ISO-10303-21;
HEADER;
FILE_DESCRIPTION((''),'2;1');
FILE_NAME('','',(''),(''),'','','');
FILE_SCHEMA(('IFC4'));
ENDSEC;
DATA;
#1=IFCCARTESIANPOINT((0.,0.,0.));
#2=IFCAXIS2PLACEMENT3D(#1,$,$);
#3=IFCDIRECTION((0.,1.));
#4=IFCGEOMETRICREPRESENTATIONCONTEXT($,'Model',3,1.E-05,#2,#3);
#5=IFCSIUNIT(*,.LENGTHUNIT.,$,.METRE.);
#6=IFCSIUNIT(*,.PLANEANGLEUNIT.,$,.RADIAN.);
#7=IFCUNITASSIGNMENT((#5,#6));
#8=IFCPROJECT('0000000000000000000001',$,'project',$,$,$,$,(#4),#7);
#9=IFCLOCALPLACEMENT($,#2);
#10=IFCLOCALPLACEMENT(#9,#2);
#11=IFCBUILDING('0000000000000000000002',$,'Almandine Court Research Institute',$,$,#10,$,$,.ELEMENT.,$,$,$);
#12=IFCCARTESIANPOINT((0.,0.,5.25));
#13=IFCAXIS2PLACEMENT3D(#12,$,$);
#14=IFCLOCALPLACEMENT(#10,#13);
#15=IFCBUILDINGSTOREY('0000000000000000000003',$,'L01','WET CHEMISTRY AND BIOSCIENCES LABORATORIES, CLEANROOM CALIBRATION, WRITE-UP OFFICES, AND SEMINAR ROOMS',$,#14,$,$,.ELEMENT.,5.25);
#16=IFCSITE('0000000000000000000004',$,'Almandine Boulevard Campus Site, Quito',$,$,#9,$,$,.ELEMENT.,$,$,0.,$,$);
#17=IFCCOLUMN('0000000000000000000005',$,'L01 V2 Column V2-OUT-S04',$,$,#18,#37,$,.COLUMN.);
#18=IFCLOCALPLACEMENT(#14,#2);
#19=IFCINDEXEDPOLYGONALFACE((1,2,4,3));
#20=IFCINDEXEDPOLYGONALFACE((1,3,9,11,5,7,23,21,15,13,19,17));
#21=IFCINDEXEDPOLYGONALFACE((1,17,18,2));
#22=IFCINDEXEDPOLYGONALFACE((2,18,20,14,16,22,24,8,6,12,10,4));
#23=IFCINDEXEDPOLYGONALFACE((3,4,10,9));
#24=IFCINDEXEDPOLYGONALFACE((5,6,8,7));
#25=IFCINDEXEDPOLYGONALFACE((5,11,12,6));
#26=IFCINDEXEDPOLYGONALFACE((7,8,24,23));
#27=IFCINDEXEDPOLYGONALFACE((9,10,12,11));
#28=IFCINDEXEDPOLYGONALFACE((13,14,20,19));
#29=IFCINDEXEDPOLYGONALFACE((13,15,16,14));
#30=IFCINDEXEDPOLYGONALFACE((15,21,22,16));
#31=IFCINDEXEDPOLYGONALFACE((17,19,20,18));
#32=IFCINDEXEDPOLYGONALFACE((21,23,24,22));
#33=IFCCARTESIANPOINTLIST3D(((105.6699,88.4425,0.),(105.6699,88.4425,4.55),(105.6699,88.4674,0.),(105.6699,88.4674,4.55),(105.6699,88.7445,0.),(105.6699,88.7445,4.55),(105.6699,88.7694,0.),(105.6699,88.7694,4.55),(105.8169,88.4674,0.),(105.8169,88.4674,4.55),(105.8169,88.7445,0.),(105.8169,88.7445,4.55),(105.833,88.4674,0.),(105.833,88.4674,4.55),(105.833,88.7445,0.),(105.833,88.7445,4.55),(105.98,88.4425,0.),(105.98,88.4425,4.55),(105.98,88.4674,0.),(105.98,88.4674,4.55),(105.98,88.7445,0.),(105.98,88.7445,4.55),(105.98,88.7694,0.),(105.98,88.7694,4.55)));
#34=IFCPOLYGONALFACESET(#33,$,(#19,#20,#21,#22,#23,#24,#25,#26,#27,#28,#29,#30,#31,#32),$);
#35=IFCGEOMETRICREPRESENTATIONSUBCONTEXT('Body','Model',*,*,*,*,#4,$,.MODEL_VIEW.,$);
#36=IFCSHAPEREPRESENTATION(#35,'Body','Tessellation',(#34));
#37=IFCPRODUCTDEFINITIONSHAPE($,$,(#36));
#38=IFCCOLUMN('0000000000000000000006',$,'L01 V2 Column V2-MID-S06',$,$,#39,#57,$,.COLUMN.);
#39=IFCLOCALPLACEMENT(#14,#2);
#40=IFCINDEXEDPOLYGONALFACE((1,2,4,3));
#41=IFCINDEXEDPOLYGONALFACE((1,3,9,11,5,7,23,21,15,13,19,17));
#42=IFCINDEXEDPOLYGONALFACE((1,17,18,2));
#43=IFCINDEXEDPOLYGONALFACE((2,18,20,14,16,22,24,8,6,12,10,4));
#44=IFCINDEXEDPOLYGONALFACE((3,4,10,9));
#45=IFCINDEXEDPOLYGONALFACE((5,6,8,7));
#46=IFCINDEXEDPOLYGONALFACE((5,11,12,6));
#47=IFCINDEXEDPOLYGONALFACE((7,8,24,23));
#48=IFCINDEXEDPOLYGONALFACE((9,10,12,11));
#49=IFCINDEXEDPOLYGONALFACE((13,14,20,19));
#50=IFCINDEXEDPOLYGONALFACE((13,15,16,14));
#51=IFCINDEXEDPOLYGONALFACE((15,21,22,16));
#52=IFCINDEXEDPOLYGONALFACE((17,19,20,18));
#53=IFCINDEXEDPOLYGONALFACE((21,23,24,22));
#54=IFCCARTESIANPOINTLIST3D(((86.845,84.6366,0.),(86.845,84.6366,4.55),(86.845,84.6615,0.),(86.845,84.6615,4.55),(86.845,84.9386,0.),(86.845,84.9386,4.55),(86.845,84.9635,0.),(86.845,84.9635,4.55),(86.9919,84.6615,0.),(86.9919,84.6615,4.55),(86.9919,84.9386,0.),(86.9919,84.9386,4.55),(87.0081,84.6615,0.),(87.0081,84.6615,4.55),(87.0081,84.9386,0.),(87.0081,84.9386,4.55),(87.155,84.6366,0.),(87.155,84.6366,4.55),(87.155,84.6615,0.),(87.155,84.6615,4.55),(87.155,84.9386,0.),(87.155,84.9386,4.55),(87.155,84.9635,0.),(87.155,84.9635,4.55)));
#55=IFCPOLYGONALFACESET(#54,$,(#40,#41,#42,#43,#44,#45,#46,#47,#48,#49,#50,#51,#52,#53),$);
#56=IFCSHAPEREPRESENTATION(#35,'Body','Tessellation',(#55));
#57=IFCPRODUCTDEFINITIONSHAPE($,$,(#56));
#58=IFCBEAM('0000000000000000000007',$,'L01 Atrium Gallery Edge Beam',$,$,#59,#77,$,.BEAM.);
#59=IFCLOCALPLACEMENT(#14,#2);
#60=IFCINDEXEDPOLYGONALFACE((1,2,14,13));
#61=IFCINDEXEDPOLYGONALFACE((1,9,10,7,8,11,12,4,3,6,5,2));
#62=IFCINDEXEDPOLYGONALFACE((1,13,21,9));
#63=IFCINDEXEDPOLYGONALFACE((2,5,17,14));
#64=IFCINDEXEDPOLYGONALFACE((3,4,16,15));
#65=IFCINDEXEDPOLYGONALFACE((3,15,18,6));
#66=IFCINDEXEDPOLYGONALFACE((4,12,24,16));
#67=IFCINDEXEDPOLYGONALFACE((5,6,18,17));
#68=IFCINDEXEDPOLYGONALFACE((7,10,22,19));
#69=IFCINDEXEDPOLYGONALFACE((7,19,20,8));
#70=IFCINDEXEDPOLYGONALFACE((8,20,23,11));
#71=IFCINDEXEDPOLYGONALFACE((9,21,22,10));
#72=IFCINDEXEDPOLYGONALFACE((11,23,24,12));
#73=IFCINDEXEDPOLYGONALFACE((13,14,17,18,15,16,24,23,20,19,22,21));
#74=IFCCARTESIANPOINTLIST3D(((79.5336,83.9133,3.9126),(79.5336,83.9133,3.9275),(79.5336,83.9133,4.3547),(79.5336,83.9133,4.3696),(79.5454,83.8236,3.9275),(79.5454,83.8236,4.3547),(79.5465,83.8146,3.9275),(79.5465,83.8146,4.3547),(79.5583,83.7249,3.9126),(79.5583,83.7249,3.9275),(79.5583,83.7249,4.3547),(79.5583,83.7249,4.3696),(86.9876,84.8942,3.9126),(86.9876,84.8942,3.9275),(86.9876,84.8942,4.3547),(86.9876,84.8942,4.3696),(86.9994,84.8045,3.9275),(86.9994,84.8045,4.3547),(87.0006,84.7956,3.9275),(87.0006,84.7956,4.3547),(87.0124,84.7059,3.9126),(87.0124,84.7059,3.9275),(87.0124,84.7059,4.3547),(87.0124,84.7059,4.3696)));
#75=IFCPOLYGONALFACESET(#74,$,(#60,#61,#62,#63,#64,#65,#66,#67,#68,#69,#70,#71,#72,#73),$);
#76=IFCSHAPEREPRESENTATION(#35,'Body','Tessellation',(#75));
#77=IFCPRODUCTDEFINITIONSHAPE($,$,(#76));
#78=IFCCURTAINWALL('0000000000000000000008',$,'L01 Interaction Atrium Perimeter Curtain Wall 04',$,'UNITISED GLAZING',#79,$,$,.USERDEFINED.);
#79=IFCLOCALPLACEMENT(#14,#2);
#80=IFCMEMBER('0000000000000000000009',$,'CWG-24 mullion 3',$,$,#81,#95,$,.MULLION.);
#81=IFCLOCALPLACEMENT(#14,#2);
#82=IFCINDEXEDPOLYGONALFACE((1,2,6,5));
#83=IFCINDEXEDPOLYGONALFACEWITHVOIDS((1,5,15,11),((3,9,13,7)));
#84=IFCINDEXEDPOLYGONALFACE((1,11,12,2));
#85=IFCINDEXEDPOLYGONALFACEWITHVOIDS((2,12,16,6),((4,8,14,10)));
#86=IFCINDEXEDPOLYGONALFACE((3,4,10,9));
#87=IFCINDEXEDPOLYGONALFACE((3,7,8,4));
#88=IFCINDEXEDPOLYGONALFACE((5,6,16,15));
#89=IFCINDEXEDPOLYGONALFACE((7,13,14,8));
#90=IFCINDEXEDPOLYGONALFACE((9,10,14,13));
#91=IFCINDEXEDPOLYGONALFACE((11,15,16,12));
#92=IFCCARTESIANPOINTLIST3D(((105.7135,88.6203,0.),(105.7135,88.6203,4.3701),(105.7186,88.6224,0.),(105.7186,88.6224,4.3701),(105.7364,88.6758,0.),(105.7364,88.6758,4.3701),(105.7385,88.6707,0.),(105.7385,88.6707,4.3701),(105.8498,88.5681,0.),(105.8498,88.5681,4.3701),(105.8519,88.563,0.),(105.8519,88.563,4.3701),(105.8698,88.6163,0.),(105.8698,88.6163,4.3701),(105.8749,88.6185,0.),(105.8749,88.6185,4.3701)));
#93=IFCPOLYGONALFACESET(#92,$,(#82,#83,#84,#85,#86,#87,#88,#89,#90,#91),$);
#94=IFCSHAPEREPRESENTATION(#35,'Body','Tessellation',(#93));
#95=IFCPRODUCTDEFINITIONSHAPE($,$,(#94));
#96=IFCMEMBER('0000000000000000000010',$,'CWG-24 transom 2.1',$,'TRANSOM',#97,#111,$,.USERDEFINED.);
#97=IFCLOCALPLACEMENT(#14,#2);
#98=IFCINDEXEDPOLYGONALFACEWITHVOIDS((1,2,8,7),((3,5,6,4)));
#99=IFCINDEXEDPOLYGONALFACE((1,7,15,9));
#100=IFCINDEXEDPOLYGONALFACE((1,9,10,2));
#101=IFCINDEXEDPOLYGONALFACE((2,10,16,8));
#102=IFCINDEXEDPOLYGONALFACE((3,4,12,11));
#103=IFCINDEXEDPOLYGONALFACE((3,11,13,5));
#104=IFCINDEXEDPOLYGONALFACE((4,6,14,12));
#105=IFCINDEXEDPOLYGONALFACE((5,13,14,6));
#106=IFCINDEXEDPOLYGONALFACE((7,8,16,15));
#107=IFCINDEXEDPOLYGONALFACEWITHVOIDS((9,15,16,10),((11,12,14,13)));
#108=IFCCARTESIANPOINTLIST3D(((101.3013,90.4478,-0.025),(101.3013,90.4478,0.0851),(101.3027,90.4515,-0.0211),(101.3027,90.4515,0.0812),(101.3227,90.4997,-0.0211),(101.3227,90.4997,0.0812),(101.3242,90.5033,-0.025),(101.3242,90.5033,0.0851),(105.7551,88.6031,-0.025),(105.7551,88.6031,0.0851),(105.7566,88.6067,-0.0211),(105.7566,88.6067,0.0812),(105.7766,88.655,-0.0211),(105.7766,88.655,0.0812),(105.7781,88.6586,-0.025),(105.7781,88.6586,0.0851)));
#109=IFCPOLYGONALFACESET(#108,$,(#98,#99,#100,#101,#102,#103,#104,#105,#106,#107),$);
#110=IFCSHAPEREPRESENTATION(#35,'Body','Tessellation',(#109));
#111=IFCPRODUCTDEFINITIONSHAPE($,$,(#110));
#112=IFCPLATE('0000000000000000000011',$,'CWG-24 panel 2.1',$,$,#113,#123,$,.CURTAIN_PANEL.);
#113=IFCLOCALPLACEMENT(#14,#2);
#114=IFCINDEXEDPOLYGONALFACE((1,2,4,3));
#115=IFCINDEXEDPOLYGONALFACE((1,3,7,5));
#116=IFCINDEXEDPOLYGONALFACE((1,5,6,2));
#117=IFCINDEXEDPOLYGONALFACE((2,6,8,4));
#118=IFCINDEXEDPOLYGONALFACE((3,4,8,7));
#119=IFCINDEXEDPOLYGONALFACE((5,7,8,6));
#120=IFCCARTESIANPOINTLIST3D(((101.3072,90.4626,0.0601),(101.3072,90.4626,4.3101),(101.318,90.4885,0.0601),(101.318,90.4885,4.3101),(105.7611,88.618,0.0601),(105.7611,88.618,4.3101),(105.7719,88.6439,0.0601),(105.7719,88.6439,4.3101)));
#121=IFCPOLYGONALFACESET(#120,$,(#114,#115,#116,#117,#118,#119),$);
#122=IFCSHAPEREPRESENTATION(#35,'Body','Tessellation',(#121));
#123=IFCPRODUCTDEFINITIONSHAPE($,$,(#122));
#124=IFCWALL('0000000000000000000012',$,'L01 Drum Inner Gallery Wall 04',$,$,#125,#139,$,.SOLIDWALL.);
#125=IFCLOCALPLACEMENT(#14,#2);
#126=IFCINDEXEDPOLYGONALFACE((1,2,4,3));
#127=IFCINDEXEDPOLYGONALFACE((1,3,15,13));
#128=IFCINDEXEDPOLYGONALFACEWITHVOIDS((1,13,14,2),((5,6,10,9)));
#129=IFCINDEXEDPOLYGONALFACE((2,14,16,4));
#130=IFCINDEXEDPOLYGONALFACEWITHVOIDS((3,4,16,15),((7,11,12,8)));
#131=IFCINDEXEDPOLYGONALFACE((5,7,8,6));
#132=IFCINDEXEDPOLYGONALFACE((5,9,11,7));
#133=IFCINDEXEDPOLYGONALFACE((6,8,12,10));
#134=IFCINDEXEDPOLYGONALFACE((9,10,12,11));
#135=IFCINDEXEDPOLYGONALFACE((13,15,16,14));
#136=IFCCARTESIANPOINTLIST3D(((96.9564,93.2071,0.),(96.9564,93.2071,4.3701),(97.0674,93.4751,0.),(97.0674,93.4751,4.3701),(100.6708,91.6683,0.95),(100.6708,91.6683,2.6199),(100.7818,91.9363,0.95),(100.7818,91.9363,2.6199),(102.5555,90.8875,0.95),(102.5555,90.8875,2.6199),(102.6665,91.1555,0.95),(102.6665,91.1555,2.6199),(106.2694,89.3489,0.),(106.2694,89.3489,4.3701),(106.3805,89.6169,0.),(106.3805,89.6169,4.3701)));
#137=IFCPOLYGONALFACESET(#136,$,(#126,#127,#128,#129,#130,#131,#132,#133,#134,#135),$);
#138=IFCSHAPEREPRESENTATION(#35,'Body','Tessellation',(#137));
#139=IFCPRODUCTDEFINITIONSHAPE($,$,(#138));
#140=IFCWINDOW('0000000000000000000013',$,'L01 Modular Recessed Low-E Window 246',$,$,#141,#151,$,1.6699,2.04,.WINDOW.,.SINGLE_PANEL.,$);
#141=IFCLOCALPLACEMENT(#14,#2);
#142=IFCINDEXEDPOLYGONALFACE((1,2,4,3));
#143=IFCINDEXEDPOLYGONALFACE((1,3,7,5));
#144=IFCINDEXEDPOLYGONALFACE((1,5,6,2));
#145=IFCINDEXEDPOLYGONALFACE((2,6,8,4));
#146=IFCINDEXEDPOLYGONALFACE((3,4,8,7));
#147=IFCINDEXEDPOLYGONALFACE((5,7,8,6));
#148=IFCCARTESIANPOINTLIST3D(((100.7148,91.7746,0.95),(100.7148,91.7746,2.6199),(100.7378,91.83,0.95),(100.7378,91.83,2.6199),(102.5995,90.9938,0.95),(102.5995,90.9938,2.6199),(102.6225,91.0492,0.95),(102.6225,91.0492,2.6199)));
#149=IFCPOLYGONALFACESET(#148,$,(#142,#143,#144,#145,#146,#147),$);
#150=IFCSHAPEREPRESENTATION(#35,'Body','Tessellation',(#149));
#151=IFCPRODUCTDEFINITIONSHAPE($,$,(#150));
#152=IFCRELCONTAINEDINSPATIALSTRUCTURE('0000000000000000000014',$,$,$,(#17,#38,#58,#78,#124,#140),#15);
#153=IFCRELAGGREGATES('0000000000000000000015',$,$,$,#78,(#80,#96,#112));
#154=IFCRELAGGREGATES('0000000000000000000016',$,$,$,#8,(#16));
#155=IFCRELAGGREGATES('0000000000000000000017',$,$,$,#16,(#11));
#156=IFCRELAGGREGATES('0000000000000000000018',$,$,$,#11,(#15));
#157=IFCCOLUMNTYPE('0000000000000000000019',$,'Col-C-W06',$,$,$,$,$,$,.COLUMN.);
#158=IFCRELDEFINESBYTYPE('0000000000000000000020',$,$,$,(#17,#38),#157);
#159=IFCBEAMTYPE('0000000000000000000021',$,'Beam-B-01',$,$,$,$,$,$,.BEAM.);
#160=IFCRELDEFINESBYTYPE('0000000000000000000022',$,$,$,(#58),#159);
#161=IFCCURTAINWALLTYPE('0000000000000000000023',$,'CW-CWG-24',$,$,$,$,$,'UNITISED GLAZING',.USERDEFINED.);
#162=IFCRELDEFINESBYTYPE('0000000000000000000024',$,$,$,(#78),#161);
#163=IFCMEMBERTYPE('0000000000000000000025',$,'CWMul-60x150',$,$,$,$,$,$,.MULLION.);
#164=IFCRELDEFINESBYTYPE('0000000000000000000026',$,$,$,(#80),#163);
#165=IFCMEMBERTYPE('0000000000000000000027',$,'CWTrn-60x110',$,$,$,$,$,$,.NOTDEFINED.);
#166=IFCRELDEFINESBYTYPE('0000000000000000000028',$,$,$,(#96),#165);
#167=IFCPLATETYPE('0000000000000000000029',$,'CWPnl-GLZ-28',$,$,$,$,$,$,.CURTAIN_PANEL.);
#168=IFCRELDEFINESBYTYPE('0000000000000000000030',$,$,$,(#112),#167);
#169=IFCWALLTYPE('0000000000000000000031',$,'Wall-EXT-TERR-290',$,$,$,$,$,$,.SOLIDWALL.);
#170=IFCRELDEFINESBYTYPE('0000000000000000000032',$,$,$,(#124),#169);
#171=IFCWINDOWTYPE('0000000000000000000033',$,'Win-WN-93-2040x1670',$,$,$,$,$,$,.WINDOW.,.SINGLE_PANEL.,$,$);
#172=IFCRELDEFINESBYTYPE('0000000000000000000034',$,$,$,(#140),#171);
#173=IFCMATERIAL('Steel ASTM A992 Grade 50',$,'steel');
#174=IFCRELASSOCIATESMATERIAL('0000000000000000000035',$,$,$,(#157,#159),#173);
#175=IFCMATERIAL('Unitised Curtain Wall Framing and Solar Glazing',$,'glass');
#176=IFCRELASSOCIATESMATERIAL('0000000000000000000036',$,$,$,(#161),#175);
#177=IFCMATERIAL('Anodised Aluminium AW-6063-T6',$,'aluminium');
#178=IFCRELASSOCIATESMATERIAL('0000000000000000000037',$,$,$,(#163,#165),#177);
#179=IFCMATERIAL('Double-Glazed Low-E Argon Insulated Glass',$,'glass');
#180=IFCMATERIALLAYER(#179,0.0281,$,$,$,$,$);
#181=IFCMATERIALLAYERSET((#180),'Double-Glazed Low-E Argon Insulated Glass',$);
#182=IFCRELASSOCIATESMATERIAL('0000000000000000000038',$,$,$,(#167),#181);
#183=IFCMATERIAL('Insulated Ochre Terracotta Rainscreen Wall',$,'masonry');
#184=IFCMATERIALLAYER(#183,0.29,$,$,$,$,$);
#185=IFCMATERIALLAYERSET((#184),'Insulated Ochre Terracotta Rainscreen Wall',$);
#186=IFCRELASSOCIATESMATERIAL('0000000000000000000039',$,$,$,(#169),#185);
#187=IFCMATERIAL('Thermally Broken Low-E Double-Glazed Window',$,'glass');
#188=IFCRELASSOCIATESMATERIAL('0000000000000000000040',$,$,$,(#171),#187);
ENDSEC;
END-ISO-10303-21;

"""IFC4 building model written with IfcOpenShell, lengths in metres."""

from ifc_helpers import new_model, si_unit, direction, frame, frame_2d, origin, origin_2d, place, context, subcontext, project, spatial, rectangle, hollow_rectangle, i_section, extrude, material, layer, layer_set, material_profile, profile_set, type_object, element, fill, aggregate, save


model = new_model("IFC4")

# Units and contexts
model_context = context("Model", 3, precision=1e-05, world=origin(), true_north=direction((0.0, 1.0)))
body_context = subcontext(model_context, "Body", "Model", "MODEL_VIEW")
ifc_project = project(units=[si_unit("LENGTHUNIT", "METRE"), si_unit("PLANEANGLEUNIT", "RADIAN")], contexts=[model_context])

# Site, building, storey
site_placement = place(None, origin())
site = spatial("IfcSite", under=ifc_project, at=site_placement, Name="Almandine Boulevard Campus Site, Quito", CompositionType="ELEMENT", RefElevation=0.0)
building_placement = place(site_placement, origin())
building = spatial("IfcBuilding", under=site, at=building_placement, Name="Almandine Court Research Institute", CompositionType="ELEMENT")
storey_placement = place(building_placement, frame((0.0, 0.0, 5.25)))
storey = spatial("IfcBuildingStorey", under=building, at=storey_placement, Name="L01", Description="WET CHEMISTRY AND BIOSCIENCES LABORATORIES, CLEANROOM CALIBRATION, WRITE-UP OFFICES, AND SEMINAR ROOMS", CompositionType="ELEMENT", Elevation=5.25)

# Columns
ifc_material_1 = material(Name="Steel ASTM A992 Grade 50", Category="steel")
ifc_material_profile_1 = material_profile(ifc_material_1, i_section(OverallWidth=0.3101, OverallDepth=0.3269, WebThickness=0.0161, FlangeThickness=0.0249, at=origin_2d()), Name="W310x158")
ifc_profile_set_1 = profile_set([ifc_material_profile_1], Name="Steel ASTM A992 Grade 50")
column_type = type_object("IfcColumnType", Name="Col-C-W06", PredefinedType="COLUMN", material=ifc_profile_set_1)
for number, where, z_axis, x_axis, name in (
    (1, (105.825, 88.606, 0.0), (0.0, 0.0, 1.0), (1.0, 0.0, 0.0), "L01 V2 Column V2-OUT-S04"),
    (2, (87.0, 84.8, 0.0), (0.0, 0.0, 1.0), (1.0, 0.0, 0.0), "L01 V2 Column V2-MID-S06"),
):
    element("IfcColumn", number, at=place(storey_placement, frame(where, z_axis=z_axis, x_axis=x_axis)), inside=storey, type_object=column_type, Name=name, PredefinedType="COLUMN", context=body_context, shape_type="SweptSolid", body=[
        extrude(i_section(OverallWidth=0.3101, OverallDepth=0.3269, WebThickness=0.0161, FlangeThickness=0.0249, at=origin_2d()), origin(), (0.0, 0.0, 1.0), 4.55),
    ])

# Beam
ifc_material_profile_2 = material_profile(ifc_material_1, i_section(OverallWidth=0.1899, OverallDepth=0.457, WebThickness=0.009, FlangeThickness=0.0149, at=origin_2d()), Name="W460x74")
ifc_profile_set_2 = profile_set([ifc_material_profile_2], Name="Steel ASTM A992 Grade 50")
beam_type = type_object("IfcBeamType", Name="Beam-B-01", PredefinedType="BEAM", material=ifc_profile_set_2)
beam_placement = place(storey_placement, frame((87.0, 84.8, 4.1411), z_axis=(-0.991452, -0.130475, 0.0), x_axis=(0.130475, -0.991452, 0.0)))
element("IfcBeam", 3, at=beam_placement, inside=storey, type_object=beam_type, Name="L01 Atrium Gallery Edge Beam", PredefinedType="BEAM", context=body_context, shape_type="SweptSolid", body=[
    extrude(i_section(OverallWidth=0.1899, OverallDepth=0.457, WebThickness=0.009, FlangeThickness=0.0149, at=origin_2d()), origin(), (0.0, 0.0, 1.0), 7.5183),
])

# Curtain wall, members, plate
ifc_material_2 = material(Name="Unitised Curtain Wall Framing and Solar Glazing", Category="glass")
curtain_wall_type = type_object("IfcCurtainWallType", Name="CW-CWG-24", ElementType="UNITISED GLAZING", PredefinedType="USERDEFINED", material=ifc_material_2)
curtain_wall_placement = place(storey_placement, origin())
curtain_wall = element("IfcCurtainWall", 4, at=curtain_wall_placement, inside=storey, type_object=curtain_wall_type, Name="L01 Interaction Atrium Perimeter Curtain Wall 04", ObjectType="UNITISED GLAZING", PredefinedType="USERDEFINED")
ifc_material_3 = material(Name="Anodised Aluminium AW-6063-T6", Category="aluminium")
ifc_material_profile_3 = material_profile(ifc_material_3, hollow_rectangle(XDim=0.0601, YDim=0.1499, WallThickness=0.0039, at=origin_2d()), Name="ALU RHS 60x150x4")
ifc_profile_set_3 = profile_set([ifc_material_profile_3], Name="Anodised Aluminium AW-6063-T6")
member_type_1 = type_object("IfcMemberType", Name="CWMul-60x150", PredefinedType="MULLION", material=ifc_profile_set_3)
member_1_placement = place(storey_placement, frame((105.7942, 88.6194, 0.0), z_axis=(0.0, 0.0, 1.0), x_axis=(0.382634, 0.9239, 0.0)))
member_1 = element("IfcMember", 5, at=member_1_placement, type_object=member_type_1, Name="CWG-24 mullion 3", PredefinedType="MULLION", context=body_context, shape_type="SweptSolid", body=[
    extrude(hollow_rectangle(XDim=0.0601, YDim=0.1499, WallThickness=0.0039, at=origin_2d()), origin(), (0.0, 0.0, 1.0), 4.3701),
])
ifc_material_profile_4 = material_profile(ifc_material_3, hollow_rectangle(XDim=0.0601, YDim=0.1101, WallThickness=0.0039, at=origin_2d()), Name="ALU RHS 60x110x4")
ifc_profile_set_4 = profile_set([ifc_material_profile_4], Name="Anodised Aluminium AW-6063-T6")
member_type_2 = type_object("IfcMemberType", Name="CWTrn-60x110", PredefinedType="NOTDEFINED", material=ifc_profile_set_4)
member_2_placement = place(storey_placement, frame((101.3127, 90.4756, 0.03), z_axis=(0.923888, -0.382662, 0.0), x_axis=(0.382662, 0.923888, 0.0)))
member_2 = element("IfcMember", 6, at=member_2_placement, type_object=member_type_2, Name="CWG-24 transom 2.1", ObjectType="TRANSOM", PredefinedType="USERDEFINED", context=body_context, shape_type="SweptSolid", body=[
    extrude(hollow_rectangle(XDim=0.0601, YDim=0.1101, WallThickness=0.0039, at=origin_2d()), origin(), (0.0, 0.0, 1.0), 4.8208),
])
ifc_material_4 = material(Name="Double-Glazed Low-E Argon Insulated Glass", Category="glass")
ifc_layer_1 = layer(ifc_material_4, 0.0281)
ifc_layer_set_1 = layer_set([ifc_layer_1], Name="Double-Glazed Low-E Argon Insulated Glass")
plate_type = type_object("IfcPlateType", Name="CWPnl-GLZ-28", PredefinedType="CURTAIN_PANEL", material=ifc_layer_set_1)
plate_placement = place(storey_placement, frame((103.5396, 89.5532, 0.0601), z_axis=(0.0, 0.0, 1.0), x_axis=(0.9239, -0.382634, 0.0)))
plate = element("IfcPlate", 7, at=plate_placement, type_object=plate_type, Name="CWG-24 panel 2.1", PredefinedType="CURTAIN_PANEL", context=body_context, shape_type="SweptSolid", body=[
    extrude(rectangle(XDim=4.8208, YDim=0.0281, at=origin_2d()), origin(), (0.0, 0.0, 1.0), 4.25),
])
aggregate(curtain_wall, [member_1, member_2, plate])

# Wall, opening, window
ifc_material_5 = material(Name="Insulated Ochre Terracotta Rainscreen Wall", Category="masonry")
ifc_layer_2 = layer(ifc_material_5, 0.29)
ifc_layer_set_2 = layer_set([ifc_layer_2], Name="Insulated Ochre Terracotta Rainscreen Wall")
wall_type_1 = type_object("IfcWallType", Name="Wall-EXT-TERR-290", PredefinedType="SOLIDWALL", material=ifc_layer_set_2)
wall_1_placement = place(storey_placement, frame((106.325, 89.4829, 0.0), z_axis=(0.0, 0.0, 1.0), x_axis=(-0.923859, 0.382733, 0.0)))
wall_1 = element("IfcWall", 8, at=wall_1_placement, inside=storey, type_object=wall_type_1, Name="L01 Drum Inner Gallery Wall 04", PredefinedType="SOLIDWALL", context=body_context, shape_type="SweptSolid", body=[
    extrude(rectangle(XDim=10.0806, YDim=0.29, at=frame_2d((5.0403, 0.0))), origin(), (0.0, 0.0, 1.0), 4.3701),
])
opening_1_placement = place(wall_1_placement, frame((4.02, 0.0, 0.95)))
opening_1 = element("IfcOpeningElement", 9, at=opening_1_placement, cuts=wall_1, PredefinedType="OPENING", context=body_context, shape_type="SweptSolid", body=[
    extrude(rectangle(XDim=2.04, YDim=1.6699, at=frame_2d((1.02, 0.835))), frame((0.0, 0.155, 0.0), z_axis=(0.0, -1.0, 0.0), x_axis=(1.0, 0.0, 0.0)), (0.0, 0.0, 1.0), 0.3101),
])
ifc_material_6 = material(Name="Thermally Broken Low-E Double-Glazed Window", Category="glass")
window_type_1 = type_object("IfcWindowType", Name="Win-WN-93-2040x1670", PartitioningType="SINGLE_PANEL", PredefinedType="WINDOW", material=ifc_material_6)
window_1_placement = place(opening_1_placement, origin())
window_1 = element("IfcWindow", 10, at=window_1_placement, inside=storey, type_object=window_type_1, Name="L01 Modular Recessed Low-E Window 246", OverallHeight=1.6699, OverallWidth=2.04, PartitioningType="SINGLE_PANEL", PredefinedType="WINDOW", context=body_context, shape_type="SweptSolid", body=[
    extrude(rectangle(XDim=2.04, YDim=1.6699, at=frame_2d((1.02, 0.835))), frame((0.0, 0.03, 0.0), z_axis=(0.0, -1.0, 0.0), x_axis=(1.0, 0.0, 0.0)), (0.0, 0.0, 1.0), 0.0601),
])
fill(opening_1, window_1)

save(model, "model.ifc")
